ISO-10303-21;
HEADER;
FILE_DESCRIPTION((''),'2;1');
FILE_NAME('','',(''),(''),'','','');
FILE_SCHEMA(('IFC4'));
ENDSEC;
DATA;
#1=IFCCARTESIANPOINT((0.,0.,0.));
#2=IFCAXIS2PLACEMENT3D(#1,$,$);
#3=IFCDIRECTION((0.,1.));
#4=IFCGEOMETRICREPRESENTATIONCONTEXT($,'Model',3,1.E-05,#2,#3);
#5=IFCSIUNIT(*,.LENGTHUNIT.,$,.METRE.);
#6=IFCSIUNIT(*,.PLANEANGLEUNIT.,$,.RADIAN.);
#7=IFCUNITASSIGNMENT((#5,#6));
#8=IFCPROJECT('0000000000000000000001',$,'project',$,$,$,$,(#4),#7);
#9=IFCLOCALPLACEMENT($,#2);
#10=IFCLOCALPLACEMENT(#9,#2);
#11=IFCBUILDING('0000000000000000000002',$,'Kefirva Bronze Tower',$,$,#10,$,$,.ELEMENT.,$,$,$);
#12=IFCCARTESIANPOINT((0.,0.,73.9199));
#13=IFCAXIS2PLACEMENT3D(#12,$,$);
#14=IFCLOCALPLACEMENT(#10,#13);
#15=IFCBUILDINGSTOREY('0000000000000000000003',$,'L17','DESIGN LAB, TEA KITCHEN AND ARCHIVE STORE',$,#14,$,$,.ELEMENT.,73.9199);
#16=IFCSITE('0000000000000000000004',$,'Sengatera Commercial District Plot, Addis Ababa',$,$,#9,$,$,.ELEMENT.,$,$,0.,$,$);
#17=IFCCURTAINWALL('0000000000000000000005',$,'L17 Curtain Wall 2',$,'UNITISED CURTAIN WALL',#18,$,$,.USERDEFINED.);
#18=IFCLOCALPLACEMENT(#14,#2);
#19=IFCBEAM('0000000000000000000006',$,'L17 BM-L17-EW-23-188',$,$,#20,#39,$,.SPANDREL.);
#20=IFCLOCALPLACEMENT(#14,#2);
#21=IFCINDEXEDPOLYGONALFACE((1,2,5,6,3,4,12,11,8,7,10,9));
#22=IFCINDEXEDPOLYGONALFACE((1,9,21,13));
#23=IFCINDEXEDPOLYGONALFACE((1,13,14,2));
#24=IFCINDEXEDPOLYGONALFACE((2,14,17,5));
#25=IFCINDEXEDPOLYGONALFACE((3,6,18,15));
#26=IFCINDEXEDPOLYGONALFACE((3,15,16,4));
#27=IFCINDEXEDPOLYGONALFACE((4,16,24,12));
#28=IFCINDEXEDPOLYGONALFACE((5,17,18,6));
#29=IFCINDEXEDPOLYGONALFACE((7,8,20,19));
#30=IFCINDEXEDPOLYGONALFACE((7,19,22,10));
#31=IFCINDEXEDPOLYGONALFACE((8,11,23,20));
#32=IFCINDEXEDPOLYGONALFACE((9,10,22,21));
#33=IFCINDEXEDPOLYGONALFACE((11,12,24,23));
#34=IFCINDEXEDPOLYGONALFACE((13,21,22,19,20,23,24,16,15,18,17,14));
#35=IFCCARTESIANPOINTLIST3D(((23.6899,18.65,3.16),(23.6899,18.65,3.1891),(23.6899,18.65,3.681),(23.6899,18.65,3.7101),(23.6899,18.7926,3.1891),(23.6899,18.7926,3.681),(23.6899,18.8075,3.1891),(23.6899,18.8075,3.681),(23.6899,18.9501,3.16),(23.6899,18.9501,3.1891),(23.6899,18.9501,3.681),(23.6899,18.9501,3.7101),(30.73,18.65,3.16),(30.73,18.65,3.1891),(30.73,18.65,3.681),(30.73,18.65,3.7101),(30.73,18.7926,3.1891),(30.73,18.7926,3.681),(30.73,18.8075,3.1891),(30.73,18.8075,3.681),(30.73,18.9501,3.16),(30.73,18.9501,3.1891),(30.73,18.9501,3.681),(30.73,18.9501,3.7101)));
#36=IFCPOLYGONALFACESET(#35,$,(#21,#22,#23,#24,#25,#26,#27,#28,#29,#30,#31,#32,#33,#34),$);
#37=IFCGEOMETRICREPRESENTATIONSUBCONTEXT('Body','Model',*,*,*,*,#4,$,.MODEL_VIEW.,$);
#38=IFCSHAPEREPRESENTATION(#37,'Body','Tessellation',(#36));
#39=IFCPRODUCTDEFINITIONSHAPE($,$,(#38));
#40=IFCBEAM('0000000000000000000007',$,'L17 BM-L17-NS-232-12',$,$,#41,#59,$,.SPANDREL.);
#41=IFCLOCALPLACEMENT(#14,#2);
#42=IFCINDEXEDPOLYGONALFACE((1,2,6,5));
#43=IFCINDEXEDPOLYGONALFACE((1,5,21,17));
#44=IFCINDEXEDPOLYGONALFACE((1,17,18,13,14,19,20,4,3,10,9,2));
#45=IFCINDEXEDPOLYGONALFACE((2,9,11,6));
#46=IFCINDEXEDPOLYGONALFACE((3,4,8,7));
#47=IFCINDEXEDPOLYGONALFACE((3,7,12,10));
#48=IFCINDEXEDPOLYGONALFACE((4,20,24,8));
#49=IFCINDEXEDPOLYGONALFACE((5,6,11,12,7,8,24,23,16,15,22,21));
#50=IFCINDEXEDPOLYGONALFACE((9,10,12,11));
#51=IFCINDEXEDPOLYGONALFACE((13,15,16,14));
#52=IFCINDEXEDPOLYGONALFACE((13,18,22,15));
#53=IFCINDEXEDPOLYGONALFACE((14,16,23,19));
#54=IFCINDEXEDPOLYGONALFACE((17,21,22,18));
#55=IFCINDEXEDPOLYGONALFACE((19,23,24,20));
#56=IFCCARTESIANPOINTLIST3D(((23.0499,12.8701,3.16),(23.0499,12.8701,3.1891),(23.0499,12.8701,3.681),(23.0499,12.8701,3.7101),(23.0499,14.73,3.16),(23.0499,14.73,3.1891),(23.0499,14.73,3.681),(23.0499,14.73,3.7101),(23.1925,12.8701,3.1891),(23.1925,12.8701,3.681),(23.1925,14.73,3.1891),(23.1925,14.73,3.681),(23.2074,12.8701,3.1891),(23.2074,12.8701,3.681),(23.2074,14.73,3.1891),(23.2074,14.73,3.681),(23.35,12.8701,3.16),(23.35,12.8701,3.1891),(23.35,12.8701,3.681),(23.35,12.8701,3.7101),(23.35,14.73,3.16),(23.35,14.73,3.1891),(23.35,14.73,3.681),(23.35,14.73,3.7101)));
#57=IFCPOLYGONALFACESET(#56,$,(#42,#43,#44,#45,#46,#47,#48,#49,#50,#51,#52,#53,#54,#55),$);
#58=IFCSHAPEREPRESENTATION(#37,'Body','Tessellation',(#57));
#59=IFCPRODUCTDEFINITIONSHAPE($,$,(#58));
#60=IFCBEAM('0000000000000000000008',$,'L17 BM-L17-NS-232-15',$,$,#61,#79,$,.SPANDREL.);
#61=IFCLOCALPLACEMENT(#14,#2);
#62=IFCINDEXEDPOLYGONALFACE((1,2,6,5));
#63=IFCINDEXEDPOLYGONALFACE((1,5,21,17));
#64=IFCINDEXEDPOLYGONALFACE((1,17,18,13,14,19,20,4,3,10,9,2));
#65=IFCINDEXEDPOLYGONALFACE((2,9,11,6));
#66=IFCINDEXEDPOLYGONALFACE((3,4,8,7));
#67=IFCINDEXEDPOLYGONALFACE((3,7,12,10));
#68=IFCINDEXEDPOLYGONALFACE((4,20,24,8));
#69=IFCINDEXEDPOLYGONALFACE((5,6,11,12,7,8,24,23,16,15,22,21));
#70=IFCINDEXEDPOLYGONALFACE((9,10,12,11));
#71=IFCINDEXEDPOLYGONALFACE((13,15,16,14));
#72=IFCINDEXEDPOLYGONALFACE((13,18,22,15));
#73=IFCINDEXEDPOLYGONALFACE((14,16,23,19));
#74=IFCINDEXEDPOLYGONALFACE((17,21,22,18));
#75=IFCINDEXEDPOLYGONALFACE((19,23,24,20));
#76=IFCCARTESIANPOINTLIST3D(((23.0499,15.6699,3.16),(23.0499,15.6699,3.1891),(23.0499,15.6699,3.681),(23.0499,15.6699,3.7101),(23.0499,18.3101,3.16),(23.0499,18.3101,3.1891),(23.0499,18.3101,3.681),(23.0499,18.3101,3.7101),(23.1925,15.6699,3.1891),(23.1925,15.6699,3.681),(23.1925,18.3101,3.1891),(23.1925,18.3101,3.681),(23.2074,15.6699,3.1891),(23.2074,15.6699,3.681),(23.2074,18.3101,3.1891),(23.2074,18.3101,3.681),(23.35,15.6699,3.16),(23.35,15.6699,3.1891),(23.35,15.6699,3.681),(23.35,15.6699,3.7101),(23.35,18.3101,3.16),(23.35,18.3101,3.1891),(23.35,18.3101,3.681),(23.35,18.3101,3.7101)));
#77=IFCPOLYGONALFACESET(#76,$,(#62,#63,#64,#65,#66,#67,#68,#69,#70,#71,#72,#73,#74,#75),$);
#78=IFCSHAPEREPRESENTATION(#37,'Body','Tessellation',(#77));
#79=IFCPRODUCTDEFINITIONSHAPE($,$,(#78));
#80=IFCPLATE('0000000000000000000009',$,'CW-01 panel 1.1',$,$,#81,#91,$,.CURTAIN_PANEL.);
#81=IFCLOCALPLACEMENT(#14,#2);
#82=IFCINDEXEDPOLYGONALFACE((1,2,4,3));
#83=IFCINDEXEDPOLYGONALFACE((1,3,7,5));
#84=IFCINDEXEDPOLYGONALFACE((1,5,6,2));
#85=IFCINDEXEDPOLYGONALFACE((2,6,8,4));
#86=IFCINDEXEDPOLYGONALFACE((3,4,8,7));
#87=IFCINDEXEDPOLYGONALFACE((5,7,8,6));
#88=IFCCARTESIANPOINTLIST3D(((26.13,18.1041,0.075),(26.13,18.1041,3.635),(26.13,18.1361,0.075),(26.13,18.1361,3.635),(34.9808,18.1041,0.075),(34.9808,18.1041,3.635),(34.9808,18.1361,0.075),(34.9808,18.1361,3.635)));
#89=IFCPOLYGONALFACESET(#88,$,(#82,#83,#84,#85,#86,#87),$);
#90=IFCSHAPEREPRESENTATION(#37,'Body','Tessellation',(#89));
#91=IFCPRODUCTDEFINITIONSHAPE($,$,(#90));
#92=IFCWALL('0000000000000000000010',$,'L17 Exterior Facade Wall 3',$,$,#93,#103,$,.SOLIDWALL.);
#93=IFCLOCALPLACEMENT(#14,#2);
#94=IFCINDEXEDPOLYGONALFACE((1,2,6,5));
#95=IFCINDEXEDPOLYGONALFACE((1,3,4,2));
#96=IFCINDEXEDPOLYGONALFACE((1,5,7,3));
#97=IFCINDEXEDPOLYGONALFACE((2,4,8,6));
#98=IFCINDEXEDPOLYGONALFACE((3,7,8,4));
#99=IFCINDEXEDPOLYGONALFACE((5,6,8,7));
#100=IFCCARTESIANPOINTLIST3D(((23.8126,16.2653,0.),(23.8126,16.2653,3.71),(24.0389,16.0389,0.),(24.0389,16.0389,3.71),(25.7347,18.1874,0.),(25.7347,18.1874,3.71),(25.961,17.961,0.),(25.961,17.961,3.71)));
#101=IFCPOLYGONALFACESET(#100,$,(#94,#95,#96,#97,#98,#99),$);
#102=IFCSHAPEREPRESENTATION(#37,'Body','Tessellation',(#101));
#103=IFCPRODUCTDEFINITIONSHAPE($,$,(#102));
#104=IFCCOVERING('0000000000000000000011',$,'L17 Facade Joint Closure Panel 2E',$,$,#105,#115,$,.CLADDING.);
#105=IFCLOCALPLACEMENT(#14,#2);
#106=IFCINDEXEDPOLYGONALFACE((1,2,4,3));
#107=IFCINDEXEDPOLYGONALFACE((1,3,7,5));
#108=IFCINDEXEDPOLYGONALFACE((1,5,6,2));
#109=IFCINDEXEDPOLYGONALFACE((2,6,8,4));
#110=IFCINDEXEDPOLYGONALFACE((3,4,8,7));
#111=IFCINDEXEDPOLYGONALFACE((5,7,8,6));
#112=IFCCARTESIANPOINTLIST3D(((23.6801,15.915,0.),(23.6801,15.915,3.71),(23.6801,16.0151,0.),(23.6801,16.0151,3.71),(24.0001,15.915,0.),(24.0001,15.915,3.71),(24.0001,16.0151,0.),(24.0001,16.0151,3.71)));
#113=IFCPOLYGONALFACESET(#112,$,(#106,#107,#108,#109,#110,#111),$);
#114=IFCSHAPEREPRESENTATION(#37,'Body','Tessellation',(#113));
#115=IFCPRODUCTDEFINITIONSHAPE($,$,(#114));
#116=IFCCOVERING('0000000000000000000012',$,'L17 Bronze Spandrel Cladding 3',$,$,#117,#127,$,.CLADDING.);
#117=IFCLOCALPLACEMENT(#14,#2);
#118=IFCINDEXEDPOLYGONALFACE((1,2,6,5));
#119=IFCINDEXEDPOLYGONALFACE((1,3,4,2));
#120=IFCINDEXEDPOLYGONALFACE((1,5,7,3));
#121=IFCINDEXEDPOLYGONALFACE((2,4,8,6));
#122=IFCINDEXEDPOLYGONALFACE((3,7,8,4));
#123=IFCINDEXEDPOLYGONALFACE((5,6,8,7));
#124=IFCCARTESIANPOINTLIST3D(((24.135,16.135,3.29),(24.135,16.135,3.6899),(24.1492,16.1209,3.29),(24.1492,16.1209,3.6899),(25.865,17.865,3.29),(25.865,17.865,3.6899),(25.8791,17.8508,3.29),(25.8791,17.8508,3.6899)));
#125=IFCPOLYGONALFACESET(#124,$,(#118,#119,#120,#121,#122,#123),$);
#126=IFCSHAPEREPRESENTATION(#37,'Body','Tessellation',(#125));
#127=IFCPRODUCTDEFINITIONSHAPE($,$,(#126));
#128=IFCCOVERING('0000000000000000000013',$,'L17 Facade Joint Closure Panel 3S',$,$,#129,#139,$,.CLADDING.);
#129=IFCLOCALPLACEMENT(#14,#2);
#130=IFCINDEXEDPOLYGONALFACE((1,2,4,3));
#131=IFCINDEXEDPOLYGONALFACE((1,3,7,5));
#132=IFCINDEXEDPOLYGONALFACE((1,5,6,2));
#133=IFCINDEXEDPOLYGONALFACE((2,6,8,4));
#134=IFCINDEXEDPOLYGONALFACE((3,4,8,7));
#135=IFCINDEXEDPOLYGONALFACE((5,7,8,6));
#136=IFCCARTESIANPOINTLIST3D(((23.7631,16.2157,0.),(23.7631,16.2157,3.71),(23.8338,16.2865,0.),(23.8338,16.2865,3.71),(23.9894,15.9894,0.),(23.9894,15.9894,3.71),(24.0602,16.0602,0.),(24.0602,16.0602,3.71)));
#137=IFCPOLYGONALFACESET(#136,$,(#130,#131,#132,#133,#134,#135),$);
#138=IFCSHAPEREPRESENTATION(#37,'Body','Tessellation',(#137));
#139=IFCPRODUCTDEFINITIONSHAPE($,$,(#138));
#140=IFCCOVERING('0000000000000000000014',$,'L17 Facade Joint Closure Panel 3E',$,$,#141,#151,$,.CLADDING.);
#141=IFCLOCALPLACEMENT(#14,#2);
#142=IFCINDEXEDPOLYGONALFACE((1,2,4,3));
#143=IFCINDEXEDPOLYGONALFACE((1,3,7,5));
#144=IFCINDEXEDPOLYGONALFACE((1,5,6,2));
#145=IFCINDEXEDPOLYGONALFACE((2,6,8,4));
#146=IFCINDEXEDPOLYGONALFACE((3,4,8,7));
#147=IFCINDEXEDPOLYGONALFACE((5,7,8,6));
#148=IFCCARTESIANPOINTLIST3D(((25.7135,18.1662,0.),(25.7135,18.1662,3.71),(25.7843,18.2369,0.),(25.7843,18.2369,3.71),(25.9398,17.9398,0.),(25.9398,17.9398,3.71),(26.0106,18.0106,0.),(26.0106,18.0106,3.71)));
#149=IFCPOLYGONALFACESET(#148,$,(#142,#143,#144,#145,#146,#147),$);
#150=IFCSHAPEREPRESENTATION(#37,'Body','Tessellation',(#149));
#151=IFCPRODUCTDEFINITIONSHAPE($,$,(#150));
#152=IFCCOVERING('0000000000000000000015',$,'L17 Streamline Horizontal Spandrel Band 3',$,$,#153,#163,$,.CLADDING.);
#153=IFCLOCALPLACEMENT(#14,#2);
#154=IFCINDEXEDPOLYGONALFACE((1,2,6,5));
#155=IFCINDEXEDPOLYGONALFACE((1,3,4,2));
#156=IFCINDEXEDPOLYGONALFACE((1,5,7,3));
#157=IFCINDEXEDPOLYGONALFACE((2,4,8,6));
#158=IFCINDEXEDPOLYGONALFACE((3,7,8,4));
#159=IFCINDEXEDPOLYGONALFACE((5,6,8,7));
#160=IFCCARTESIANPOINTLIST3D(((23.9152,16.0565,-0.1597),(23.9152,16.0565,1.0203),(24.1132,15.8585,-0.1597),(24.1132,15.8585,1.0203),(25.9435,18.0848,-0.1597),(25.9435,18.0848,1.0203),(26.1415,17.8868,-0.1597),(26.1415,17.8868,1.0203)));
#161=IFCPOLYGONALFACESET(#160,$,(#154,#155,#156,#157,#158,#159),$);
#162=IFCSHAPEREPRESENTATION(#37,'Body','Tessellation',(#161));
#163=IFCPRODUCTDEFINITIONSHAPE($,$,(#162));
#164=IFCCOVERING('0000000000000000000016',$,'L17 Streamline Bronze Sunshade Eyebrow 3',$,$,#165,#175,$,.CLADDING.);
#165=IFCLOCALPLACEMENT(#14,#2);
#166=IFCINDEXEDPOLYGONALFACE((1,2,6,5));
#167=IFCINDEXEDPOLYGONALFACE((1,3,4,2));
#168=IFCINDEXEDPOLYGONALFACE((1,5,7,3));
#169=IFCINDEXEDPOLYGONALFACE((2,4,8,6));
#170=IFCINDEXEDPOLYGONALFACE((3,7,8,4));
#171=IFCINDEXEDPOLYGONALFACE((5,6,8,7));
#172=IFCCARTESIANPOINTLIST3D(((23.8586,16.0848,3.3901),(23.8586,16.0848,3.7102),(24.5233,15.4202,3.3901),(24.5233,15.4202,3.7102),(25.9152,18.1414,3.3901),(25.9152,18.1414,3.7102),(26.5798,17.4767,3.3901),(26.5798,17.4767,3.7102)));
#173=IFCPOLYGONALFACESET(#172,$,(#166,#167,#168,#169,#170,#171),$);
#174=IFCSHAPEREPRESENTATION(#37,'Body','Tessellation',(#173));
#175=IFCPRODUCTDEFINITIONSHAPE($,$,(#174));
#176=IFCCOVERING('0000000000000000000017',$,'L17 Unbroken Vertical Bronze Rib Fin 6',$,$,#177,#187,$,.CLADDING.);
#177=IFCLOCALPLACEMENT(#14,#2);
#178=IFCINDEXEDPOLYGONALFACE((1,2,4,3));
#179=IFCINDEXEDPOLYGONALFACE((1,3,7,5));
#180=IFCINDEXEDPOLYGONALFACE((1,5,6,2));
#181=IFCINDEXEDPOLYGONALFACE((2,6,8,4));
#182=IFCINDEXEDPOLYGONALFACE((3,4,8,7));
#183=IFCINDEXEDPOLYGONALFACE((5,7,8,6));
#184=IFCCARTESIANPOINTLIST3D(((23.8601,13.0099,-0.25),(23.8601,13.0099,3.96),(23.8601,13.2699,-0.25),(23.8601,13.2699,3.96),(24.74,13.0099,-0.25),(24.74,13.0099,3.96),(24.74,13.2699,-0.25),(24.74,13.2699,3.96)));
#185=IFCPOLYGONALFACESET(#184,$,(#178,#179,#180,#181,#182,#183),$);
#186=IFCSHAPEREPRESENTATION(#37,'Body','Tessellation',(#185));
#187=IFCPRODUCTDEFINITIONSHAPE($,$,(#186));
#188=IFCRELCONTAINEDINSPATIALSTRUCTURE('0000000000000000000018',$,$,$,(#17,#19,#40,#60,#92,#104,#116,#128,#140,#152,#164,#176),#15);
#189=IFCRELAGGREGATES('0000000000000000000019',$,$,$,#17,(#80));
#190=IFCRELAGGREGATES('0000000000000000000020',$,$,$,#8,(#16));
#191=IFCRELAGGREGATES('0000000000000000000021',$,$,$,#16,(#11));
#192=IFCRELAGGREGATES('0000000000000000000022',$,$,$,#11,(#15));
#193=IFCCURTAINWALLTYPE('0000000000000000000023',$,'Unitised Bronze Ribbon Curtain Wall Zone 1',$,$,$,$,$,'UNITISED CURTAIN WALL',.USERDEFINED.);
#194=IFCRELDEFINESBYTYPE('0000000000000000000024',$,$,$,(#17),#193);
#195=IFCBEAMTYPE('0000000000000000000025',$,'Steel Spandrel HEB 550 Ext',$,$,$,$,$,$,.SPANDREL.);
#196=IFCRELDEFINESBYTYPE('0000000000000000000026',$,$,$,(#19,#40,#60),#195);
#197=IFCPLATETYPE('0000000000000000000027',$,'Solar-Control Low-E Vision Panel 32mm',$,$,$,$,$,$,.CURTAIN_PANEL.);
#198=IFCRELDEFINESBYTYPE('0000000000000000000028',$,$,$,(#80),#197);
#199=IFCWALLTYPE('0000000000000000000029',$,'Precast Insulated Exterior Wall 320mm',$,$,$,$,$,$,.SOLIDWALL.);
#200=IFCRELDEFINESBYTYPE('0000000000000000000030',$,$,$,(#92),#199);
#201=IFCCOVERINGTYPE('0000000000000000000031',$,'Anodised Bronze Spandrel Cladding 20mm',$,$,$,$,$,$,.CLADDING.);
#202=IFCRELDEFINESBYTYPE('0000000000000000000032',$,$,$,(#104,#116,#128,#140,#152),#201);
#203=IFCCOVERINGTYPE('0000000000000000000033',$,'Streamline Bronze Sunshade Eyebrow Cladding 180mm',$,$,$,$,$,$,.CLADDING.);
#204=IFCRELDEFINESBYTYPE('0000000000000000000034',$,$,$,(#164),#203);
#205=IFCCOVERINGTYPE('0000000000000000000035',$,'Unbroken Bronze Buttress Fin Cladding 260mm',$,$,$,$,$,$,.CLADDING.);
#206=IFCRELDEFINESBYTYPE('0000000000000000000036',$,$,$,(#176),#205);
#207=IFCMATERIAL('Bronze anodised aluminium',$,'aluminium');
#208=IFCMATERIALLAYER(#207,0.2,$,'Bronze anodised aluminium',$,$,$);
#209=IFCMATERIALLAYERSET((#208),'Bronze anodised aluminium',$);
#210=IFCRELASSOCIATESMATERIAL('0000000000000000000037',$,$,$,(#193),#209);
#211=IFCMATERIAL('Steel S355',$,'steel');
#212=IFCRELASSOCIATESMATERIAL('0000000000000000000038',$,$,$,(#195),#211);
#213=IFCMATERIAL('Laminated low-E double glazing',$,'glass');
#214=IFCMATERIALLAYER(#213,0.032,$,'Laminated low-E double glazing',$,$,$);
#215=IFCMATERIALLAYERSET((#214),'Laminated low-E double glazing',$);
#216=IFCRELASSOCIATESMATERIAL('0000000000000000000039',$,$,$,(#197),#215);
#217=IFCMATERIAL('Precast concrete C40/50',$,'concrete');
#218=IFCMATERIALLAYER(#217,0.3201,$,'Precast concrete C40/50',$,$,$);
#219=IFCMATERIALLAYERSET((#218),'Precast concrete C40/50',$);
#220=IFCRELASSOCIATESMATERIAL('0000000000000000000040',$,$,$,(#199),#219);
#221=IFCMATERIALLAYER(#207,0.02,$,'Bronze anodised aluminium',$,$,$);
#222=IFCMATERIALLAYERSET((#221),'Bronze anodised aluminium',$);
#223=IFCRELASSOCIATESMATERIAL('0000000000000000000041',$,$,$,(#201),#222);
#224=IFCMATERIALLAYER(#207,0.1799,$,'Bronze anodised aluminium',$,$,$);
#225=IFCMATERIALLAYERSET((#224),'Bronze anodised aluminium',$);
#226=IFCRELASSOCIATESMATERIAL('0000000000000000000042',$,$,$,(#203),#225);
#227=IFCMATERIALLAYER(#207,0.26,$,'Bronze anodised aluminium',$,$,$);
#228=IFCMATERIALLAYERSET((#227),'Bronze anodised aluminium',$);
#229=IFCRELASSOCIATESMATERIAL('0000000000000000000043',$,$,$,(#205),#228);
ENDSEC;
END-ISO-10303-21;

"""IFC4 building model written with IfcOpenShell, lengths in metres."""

from ifc_helpers import new_model, si_unit, direction, frame, frame_2d, origin, origin_2d, place, context, subcontext, project, spatial, rectangle, i_section, extrude, material, layer, layer_set, material_profile, profile_set, type_object, element, aggregate, save


model = new_model("IFC4")

# Units and contexts
model_context = context("Model", 3, precision=1e-05, world=origin(), true_north=direction((0.0, 1.0)))
body_context = subcontext(model_context, "Body", "Model", "MODEL_VIEW")
ifc_project = project(units=[si_unit("LENGTHUNIT", "METRE"), si_unit("PLANEANGLEUNIT", "RADIAN")], contexts=[model_context])

# Site, building, storey
site_placement = place(None, origin())
site = spatial("IfcSite", under=ifc_project, at=site_placement, Name="Sengatera Commercial District Plot, Addis Ababa", CompositionType="ELEMENT", RefElevation=0.0)
building_placement = place(site_placement, origin())
building = spatial("IfcBuilding", under=site, at=building_placement, Name="Kefirva Bronze Tower", CompositionType="ELEMENT")
storey_placement = place(building_placement, frame((0.0, 0.0, 73.9199)))
storey = spatial("IfcBuildingStorey", under=building, at=storey_placement, Name="L17", Description="DESIGN LAB, TEA KITCHEN AND ARCHIVE STORE", CompositionType="ELEMENT", Elevation=73.9199)

# Curtain wall
ifc_material_1 = material(Name="Bronze anodised aluminium", Category="aluminium")
ifc_layer_1 = layer(ifc_material_1, 0.2, Name="Bronze anodised aluminium")
ifc_layer_set_1 = layer_set([ifc_layer_1], Name="Bronze anodised aluminium")
curtain_wall_type = type_object("IfcCurtainWallType", Name="Unitised Bronze Ribbon Curtain Wall Zone 1", ElementType="UNITISED CURTAIN WALL", PredefinedType="USERDEFINED", material=ifc_layer_set_1)
curtain_wall_placement = place(storey_placement, origin())
curtain_wall = element("IfcCurtainWall", 1, at=curtain_wall_placement, inside=storey, type_object=curtain_wall_type, Name="L17 Curtain Wall 2", ObjectType="UNITISED CURTAIN WALL", PredefinedType="USERDEFINED")

# Beams
ifc_material_2 = material(Name="Steel S355", Category="steel")
ifc_material_profile_1 = material_profile(ifc_material_2, i_section(OverallWidth=0.3, OverallDepth=0.55, WebThickness=0.0149, FlangeThickness=0.0291, at=origin_2d()), Name="HEB 550")
ifc_profile_set_1 = profile_set([ifc_material_profile_1], Name="Steel S355")
beam_type_1 = type_object("IfcBeamType", Name="Steel Spandrel HEB 550 Ext", PredefinedType="SPANDREL", material=ifc_profile_set_1)
beam_1_placement = place(storey_placement, frame((23.6899, 18.8, 3.4351), z_axis=(1.0, 0.0, 0.0), x_axis=(0.0, 1.0, 0.0)))
element("IfcBeam", 2, at=beam_1_placement, inside=storey, type_object=beam_type_1, Name="L17 BM-L17-EW-23-188", PredefinedType="SPANDREL", context=body_context, shape_type="SweptSolid", body=[
    extrude(i_section(OverallWidth=0.3, OverallDepth=0.55, WebThickness=0.0149, FlangeThickness=0.0291, at=origin_2d()), origin(), (0.0, 0.0, 1.0), 7.04),
])
beam_2_placement = place(storey_placement, frame((23.2, 12.8701, 3.4351), z_axis=(0.0, 1.0, 0.0), x_axis=(-1.0, 0.0, 0.0)))
element("IfcBeam", 3, at=beam_2_placement, inside=storey, type_object=beam_type_1, Name="L17 BM-L17-NS-232-12", PredefinedType="SPANDREL", context=body_context, shape_type="SweptSolid", body=[
    extrude(i_section(OverallWidth=0.3, OverallDepth=0.55, WebThickness=0.0149, FlangeThickness=0.0291, at=origin_2d()), origin(), (0.0, 0.0, 1.0), 1.8599),
])
beam_3_placement = place(storey_placement, frame((23.2, 15.6699, 3.4351), z_axis=(0.0, 1.0, 0.0), x_axis=(-1.0, 0.0, 0.0)))
element("IfcBeam", 4, at=beam_3_placement, inside=storey, type_object=beam_type_1, Name="L17 BM-L17-NS-232-15", PredefinedType="SPANDREL", context=body_context, shape_type="SweptSolid", body=[
    extrude(i_section(OverallWidth=0.3, OverallDepth=0.55, WebThickness=0.0149, FlangeThickness=0.0291, at=origin_2d()), origin(), (0.0, 0.0, 1.0), 2.6401),
])

# Plate
ifc_material_3 = material(Name="Laminated low-E double glazing", Category="glass")
ifc_layer_2 = layer(ifc_material_3, 0.032, Name="Laminated low-E double glazing")
ifc_layer_set_2 = layer_set([ifc_layer_2], Name="Laminated low-E double glazing")
plate_type = type_object("IfcPlateType", Name="Solar-Control Low-E Vision Panel 32mm", PredefinedType="CURTAIN_PANEL", material=ifc_layer_set_2)
plate_placement = place(storey_placement, frame((30.5554, 18.1201, 0.075), z_axis=(0.0, 0.0, 1.0), x_axis=(1.0, 0.0, 0.0)))
plate = element("IfcPlate", 5, at=plate_placement, type_object=plate_type, Name="CW-01 panel 1.1", PredefinedType="CURTAIN_PANEL", context=body_context, shape_type="SweptSolid", body=[
    extrude(rectangle(XDim=8.8508, YDim=0.032, at=origin_2d()), origin(), (0.0, 0.0, 1.0), 3.5601),
])
aggregate(curtain_wall, [plate])

# Wall
ifc_material_4 = material(Name="Precast concrete C40/50", Category="concrete")
ifc_layer_3 = layer(ifc_material_4, 0.3201, Name="Precast concrete C40/50")
ifc_layer_set_3 = layer_set([ifc_layer_3], Name="Precast concrete C40/50")
wall_type = type_object("IfcWallType", Name="Precast Insulated Exterior Wall 320mm", PredefinedType="SOLIDWALL", material=ifc_layer_set_3)
wall_placement = place(storey_placement, frame((23.9258, 16.1521, 0.0), z_axis=(0.0, 0.0, 1.0), x_axis=(0.707107, 0.707107, 0.0)))
element("IfcWall", 6, at=wall_placement, inside=storey, type_object=wall_type, Name="L17 Exterior Facade Wall 3", PredefinedType="SOLIDWALL", context=body_context, shape_type="SweptSolid", body=[
    extrude(rectangle(XDim=2.7183, YDim=0.3201, at=frame_2d((1.3591, 0.0))), origin(), (0.0, 0.0, 1.0), 3.71),
])

# Coverings
ifc_layer_4 = layer(ifc_material_1, 0.02, Name="Bronze anodised aluminium")
ifc_layer_set_4 = layer_set([ifc_layer_4], Name="Bronze anodised aluminium")
covering_type_1 = type_object("IfcCoveringType", Name="Anodised Bronze Spandrel Cladding 20mm", PredefinedType="CLADDING", material=ifc_layer_set_4)
covering_1_placement = place(storey_placement, frame((23.8401, 15.9651, 0.0), z_axis=(0.0, 0.0, 1.0), x_axis=(0.0, 1.0, 0.0)))
element("IfcCovering", 7, at=covering_1_placement, inside=storey, type_object=covering_type_1, Name="L17 Facade Joint Closure Panel 2E", PredefinedType="CLADDING", context=body_context, shape_type="SweptSolid", body=[
    extrude(rectangle(XDim=0.1001, YDim=0.3201, at=origin_2d()), origin(), (0.0, 0.0, 1.0), 3.71),
])
covering_2_placement = place(storey_placement, frame((25.0071, 16.9929, 3.29), z_axis=(0.0, 0.0, 1.0), x_axis=(0.707107, 0.707107, 0.0)))
element("IfcCovering", 8, at=covering_2_placement, inside=storey, type_object=covering_type_1, Name="L17 Bronze Spandrel Cladding 3", PredefinedType="CLADDING", context=body_context, shape_type="SweptSolid", body=[
    extrude(rectangle(XDim=2.4465, YDim=0.02, at=origin_2d()), origin(), (0.0, 0.0, 1.0), 0.3999),
])
for number, where, z_axis, x_axis, name in (
    (9, (23.9116, 16.1379, 0.0), (0.0, 0.0, 1.0), (0.707107, 0.707107, 0.0), "L17 Facade Joint Closure Panel 3S"),
    (10, (25.8621, 18.0884, 0.0), (0.0, 0.0, 1.0), (0.707107, 0.707107, 0.0), "L17 Facade Joint Closure Panel 3E"),
):
    element("IfcCovering", number, at=place(storey_placement, frame(where, z_axis=z_axis, x_axis=x_axis)), inside=storey, type_object=covering_type_1, Name=name, PredefinedType="CLADDING", context=body_context, shape_type="SweptSolid", body=[
        extrude(rectangle(XDim=0.1001, YDim=0.3201, at=origin_2d()), origin(), (0.0, 0.0, 1.0), 3.71),
    ])
covering_3_placement = place(storey_placement, frame((25.0283, 16.9717, -0.1597), z_axis=(0.0, 0.0, 1.0), x_axis=(0.707107, 0.707107, 0.0)))
element("IfcCovering", 11, at=covering_3_placement, inside=storey, type_object=covering_type_1, Name="L17 Streamline Horizontal Spandrel Band 3", PredefinedType="CLADDING", context=body_context, shape_type="SweptSolid", body=[
    extrude(rectangle(XDim=2.8684, YDim=0.28, at=origin_2d()), origin(), (0.0, 0.0, 1.0), 1.1799),
])
ifc_layer_5 = layer(ifc_material_1, 0.1799, Name="Bronze anodised aluminium")
ifc_layer_set_5 = layer_set([ifc_layer_5], Name="Bronze anodised aluminium")
covering_type_2 = type_object("IfcCoveringType", Name="Streamline Bronze Sunshade Eyebrow Cladding 180mm", PredefinedType="CLADDING", material=ifc_layer_set_5)
covering_4_placement = place(storey_placement, frame((25.2192, 16.7808, 3.3901), z_axis=(0.0, 0.0, 1.0), x_axis=(0.707107, 0.707107, 0.0)))
element("IfcCovering", 12, at=covering_4_placement, inside=storey, type_object=covering_type_2, Name="L17 Streamline Bronze Sunshade Eyebrow 3", PredefinedType="CLADDING", context=body_context, shape_type="SweptSolid", body=[
    extrude(rectangle(XDim=2.9084, YDim=0.9399, at=origin_2d()), origin(), (0.0, 0.0, 1.0), 0.3201),
])
ifc_layer_6 = layer(ifc_material_1, 0.26, Name="Bronze anodised aluminium")
ifc_layer_set_6 = layer_set([ifc_layer_6], Name="Bronze anodised aluminium")
covering_type_3 = type_object("IfcCoveringType", Name="Unbroken Bronze Buttress Fin Cladding 260mm", PredefinedType="CLADDING", material=ifc_layer_set_6)
covering_5_placement = place(storey_placement, frame((24.3, 13.1399, -0.25), z_axis=(0.0, 0.0, 1.0), x_axis=(0.0, 1.0, 0.0)))
element("IfcCovering", 13, at=covering_5_placement, inside=storey, type_object=covering_type_3, Name="L17 Unbroken Vertical Bronze Rib Fin 6", PredefinedType="CLADDING", context=body_context, shape_type="SweptSolid", body=[
    extrude(rectangle(XDim=0.26, YDim=0.8799, at=origin_2d()), origin(), (0.0, 0.0, 1.0), 4.21),
])

save(model, "model.ifc")
